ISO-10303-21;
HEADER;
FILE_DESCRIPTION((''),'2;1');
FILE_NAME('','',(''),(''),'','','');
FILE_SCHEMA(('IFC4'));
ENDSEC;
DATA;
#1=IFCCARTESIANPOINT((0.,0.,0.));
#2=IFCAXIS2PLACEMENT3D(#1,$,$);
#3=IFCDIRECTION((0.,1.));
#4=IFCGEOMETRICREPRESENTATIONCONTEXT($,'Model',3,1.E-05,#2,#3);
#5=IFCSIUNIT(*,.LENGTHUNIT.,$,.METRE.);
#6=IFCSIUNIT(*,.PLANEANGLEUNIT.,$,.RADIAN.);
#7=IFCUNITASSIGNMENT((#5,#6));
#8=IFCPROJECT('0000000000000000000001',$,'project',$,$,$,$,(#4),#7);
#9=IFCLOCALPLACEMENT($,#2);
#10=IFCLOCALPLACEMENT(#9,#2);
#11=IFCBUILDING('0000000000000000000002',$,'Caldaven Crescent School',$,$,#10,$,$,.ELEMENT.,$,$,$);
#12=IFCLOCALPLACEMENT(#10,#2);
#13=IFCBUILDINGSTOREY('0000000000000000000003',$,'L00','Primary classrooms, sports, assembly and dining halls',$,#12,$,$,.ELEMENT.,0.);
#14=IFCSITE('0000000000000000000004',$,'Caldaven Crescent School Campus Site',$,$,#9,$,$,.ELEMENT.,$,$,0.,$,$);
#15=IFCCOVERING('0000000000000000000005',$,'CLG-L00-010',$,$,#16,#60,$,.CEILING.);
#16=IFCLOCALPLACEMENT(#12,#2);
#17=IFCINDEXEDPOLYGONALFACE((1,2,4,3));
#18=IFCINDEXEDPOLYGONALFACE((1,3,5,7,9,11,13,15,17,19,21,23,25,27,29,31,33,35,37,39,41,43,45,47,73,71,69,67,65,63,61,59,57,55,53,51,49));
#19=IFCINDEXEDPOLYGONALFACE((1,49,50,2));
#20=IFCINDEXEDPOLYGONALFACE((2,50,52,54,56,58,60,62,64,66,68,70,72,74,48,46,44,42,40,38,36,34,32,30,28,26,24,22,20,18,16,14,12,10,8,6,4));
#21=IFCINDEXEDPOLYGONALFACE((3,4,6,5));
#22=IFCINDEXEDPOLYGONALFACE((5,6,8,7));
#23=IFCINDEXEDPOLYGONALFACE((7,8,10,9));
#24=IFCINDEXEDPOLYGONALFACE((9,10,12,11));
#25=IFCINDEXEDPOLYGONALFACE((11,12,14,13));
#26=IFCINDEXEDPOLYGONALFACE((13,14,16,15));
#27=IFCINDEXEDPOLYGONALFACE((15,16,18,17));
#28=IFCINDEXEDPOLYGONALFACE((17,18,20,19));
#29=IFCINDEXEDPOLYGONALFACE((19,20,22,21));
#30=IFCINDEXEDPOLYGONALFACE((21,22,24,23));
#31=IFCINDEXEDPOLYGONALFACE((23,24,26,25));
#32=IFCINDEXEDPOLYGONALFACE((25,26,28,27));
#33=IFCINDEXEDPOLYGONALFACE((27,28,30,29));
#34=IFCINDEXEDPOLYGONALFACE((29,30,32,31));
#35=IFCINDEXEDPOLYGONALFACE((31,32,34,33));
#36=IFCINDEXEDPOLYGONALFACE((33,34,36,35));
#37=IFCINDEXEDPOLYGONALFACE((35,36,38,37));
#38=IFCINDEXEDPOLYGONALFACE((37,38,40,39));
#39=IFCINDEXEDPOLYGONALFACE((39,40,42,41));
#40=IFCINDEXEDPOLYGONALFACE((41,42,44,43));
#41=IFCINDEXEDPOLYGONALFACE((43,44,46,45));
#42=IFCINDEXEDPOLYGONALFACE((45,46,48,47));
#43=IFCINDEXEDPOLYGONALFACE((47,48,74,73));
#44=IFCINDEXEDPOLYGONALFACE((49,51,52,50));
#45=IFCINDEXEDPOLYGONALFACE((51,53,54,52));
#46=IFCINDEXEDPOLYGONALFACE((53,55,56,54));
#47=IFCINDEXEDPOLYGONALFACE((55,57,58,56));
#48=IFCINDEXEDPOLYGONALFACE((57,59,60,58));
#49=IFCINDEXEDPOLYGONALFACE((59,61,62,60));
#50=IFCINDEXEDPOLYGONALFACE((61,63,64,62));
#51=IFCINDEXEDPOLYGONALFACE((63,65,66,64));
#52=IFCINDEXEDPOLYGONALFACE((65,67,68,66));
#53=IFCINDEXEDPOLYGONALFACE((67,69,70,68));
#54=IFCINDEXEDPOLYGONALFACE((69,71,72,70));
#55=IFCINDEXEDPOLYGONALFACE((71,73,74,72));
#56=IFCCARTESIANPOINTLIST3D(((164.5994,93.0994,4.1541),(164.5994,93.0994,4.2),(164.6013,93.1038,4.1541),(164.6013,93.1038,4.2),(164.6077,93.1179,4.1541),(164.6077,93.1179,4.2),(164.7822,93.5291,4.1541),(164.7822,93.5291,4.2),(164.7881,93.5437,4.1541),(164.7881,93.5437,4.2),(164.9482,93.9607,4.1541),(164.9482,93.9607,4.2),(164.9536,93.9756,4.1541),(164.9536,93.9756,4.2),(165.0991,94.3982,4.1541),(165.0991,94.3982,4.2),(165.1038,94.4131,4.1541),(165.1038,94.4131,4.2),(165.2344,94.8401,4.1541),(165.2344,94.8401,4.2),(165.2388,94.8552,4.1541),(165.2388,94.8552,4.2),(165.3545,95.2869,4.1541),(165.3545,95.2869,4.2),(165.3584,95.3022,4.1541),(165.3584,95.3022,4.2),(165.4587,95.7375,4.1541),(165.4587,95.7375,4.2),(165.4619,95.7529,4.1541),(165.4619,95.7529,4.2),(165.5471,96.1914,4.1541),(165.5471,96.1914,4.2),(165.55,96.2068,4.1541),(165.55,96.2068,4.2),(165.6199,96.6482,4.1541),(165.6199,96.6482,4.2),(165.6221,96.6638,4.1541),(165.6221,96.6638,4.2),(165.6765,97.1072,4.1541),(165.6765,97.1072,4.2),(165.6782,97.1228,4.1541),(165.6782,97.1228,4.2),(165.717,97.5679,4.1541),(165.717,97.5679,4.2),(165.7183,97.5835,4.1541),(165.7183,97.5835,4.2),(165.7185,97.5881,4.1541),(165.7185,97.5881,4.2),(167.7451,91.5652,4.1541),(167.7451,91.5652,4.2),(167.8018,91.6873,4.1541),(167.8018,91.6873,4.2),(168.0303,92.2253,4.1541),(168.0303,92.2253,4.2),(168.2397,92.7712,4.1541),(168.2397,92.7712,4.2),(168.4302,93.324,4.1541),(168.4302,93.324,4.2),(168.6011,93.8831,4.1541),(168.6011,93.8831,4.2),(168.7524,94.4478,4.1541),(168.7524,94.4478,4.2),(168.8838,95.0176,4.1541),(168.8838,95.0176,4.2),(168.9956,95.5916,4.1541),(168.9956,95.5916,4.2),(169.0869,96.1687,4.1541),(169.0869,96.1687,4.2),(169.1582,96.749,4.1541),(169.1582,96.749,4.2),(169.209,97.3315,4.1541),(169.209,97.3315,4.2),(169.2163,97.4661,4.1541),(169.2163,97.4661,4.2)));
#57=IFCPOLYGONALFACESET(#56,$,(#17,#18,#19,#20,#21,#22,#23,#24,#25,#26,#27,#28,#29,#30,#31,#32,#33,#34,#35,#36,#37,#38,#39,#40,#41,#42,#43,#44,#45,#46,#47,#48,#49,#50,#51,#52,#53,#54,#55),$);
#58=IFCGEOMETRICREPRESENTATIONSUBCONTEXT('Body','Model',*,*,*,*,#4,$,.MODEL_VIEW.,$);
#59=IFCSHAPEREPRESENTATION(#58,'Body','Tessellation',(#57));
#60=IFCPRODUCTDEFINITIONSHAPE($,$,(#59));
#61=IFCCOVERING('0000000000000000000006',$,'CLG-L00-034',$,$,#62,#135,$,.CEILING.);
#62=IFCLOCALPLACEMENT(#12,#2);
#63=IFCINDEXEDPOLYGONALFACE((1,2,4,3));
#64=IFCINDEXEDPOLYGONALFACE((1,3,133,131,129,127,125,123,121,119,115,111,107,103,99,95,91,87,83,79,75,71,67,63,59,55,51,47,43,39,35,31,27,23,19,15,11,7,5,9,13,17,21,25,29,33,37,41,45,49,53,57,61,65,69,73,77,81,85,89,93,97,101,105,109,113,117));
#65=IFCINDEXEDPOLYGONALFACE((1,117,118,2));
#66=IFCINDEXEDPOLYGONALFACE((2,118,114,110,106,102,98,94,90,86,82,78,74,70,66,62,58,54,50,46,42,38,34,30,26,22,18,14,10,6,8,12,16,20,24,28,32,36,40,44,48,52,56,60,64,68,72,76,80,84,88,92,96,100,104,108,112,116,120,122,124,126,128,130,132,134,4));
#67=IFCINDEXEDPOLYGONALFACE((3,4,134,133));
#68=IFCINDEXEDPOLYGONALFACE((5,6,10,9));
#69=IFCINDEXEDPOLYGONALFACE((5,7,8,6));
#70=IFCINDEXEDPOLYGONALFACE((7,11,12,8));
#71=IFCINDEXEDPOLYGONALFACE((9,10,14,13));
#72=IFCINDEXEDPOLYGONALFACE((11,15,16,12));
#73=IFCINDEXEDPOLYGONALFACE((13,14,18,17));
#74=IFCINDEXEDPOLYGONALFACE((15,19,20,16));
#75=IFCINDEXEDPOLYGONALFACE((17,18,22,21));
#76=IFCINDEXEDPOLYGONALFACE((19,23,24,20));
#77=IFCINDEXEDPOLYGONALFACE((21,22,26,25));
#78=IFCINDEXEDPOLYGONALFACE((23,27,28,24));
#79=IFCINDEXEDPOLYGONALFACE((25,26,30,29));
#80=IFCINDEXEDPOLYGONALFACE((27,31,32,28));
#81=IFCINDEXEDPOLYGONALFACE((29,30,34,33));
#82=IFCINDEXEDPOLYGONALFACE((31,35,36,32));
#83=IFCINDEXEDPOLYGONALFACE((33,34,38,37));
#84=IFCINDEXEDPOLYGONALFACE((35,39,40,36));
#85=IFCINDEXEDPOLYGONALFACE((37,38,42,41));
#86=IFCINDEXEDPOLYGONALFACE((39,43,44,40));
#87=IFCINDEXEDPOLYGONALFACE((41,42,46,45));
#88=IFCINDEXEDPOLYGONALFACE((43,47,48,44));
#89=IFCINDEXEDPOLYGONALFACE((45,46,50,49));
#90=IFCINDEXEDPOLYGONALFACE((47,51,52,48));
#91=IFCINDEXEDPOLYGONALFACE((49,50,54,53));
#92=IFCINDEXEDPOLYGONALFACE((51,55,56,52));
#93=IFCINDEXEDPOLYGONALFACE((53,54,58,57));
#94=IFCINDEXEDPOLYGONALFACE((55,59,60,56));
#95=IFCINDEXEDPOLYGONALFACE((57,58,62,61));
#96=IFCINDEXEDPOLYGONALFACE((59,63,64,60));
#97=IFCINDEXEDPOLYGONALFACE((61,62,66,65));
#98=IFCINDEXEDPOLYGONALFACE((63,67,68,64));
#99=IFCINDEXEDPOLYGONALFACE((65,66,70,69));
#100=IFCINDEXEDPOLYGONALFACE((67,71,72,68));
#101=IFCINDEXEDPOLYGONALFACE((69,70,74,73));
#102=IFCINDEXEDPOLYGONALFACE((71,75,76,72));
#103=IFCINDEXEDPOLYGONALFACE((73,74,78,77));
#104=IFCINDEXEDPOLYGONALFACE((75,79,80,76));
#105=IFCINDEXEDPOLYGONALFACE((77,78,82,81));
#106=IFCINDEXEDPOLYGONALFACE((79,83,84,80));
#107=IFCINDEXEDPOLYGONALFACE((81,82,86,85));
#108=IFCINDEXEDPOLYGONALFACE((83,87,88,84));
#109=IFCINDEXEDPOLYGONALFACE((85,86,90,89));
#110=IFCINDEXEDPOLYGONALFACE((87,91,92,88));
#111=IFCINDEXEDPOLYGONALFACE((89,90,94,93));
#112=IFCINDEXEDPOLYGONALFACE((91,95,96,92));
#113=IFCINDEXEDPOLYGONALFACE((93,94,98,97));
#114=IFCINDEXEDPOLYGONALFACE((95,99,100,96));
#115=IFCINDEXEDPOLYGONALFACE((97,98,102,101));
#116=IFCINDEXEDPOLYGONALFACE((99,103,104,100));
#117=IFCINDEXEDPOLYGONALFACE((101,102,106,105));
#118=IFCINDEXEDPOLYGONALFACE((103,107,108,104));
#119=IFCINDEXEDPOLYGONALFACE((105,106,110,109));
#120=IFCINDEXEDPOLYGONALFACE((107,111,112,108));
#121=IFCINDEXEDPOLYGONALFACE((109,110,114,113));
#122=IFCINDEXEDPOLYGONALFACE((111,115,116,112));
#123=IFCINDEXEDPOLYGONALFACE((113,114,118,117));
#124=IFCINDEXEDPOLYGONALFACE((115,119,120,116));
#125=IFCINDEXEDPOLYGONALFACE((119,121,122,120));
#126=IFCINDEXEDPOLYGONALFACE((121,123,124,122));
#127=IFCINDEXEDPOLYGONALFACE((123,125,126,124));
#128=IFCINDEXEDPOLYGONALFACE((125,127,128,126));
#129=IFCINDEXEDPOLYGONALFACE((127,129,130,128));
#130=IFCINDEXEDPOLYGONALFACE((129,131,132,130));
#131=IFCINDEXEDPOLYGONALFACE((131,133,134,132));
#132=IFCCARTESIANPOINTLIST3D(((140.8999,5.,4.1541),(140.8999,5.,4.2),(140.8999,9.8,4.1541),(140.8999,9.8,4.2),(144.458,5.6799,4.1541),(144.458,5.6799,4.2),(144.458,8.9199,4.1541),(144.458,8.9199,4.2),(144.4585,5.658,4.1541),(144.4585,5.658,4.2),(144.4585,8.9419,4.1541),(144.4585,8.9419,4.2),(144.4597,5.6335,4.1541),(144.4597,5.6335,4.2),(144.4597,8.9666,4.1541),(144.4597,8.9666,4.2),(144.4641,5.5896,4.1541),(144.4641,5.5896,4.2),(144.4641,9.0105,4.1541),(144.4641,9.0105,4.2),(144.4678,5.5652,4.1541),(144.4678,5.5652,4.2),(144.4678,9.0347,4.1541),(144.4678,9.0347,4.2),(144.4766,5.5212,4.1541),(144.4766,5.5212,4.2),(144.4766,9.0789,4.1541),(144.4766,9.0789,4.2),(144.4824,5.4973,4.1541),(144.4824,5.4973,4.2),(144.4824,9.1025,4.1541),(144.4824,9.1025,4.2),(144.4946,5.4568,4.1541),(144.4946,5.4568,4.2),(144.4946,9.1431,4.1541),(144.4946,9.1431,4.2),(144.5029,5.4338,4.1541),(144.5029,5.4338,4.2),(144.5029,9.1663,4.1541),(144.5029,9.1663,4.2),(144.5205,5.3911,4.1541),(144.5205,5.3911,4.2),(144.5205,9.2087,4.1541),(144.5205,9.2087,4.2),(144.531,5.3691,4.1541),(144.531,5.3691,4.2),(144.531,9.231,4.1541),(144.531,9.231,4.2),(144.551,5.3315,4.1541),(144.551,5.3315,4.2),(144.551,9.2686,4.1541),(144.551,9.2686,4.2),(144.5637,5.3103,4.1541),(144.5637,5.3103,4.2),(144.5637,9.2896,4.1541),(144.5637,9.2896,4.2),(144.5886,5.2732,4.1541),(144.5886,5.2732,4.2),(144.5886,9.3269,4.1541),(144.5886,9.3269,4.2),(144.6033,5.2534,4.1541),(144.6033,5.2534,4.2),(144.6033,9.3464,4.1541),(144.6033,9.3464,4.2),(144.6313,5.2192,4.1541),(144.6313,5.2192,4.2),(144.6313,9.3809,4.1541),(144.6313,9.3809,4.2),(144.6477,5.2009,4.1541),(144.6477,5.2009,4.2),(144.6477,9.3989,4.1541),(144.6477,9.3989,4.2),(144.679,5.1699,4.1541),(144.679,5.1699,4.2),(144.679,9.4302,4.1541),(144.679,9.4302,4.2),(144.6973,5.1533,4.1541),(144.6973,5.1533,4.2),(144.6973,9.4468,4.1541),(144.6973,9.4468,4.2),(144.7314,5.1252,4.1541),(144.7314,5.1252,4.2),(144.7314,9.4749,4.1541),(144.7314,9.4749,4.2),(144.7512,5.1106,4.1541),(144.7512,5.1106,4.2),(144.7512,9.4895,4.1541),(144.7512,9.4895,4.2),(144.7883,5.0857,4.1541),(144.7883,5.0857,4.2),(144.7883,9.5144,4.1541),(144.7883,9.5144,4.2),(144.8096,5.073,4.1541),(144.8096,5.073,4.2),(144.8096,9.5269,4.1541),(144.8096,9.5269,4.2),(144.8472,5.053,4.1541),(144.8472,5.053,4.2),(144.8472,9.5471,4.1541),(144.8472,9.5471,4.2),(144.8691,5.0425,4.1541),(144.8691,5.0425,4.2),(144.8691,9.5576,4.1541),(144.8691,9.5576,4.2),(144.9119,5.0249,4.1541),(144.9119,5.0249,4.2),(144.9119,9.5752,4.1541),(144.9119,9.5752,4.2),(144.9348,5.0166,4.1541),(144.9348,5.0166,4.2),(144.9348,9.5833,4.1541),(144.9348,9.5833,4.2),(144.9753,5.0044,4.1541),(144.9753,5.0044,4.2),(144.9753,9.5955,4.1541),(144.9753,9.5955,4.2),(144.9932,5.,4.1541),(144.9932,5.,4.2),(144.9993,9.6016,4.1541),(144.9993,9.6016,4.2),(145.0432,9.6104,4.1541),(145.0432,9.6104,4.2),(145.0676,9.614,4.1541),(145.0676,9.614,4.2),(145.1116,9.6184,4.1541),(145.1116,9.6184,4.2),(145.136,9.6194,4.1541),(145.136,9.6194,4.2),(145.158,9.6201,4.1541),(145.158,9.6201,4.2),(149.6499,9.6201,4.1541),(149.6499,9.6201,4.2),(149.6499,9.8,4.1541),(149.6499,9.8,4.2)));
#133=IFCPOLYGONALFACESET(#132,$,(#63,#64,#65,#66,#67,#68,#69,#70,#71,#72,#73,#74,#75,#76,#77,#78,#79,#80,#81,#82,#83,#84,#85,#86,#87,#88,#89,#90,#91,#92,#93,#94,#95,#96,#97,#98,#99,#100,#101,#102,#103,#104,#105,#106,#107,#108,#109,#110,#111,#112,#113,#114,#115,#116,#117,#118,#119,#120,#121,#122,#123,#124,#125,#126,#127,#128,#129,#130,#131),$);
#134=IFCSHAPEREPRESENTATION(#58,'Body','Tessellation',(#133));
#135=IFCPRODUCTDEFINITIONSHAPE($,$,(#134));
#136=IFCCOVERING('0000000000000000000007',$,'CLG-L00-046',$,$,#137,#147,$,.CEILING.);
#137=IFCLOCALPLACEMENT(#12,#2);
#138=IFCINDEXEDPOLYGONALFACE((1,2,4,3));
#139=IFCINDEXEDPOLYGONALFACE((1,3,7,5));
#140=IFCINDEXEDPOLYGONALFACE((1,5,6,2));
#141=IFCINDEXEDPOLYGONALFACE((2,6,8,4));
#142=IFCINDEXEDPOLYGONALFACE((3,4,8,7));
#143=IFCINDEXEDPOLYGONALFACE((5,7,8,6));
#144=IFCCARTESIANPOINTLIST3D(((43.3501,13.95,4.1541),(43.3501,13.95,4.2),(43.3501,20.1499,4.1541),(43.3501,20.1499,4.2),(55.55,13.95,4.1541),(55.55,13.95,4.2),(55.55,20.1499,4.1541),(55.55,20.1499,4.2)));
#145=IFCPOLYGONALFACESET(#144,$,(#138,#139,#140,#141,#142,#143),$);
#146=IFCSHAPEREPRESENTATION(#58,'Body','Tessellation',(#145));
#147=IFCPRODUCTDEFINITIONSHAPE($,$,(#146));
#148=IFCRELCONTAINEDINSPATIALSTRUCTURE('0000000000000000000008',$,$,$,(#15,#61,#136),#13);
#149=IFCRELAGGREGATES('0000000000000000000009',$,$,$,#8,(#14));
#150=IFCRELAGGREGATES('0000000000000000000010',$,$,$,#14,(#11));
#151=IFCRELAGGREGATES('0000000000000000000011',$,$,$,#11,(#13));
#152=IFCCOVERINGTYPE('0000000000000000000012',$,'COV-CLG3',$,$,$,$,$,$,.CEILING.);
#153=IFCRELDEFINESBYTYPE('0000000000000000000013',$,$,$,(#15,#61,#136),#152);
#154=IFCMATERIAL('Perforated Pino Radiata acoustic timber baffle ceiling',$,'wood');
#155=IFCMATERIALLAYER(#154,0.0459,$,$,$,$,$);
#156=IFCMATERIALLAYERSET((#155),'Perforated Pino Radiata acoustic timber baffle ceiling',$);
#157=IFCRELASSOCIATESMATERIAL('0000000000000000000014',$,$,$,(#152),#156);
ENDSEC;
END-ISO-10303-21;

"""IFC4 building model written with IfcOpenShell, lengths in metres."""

from ifc_helpers import new_model, si_unit, direction, frame, origin, place, context, subcontext, project, spatial, polyline, outline, extrude, material, layer, layer_set, type_object, element, save


model = new_model("IFC4")

# Units and contexts
model_context = context("Model", 3, precision=1e-05, world=origin(), true_north=direction((0.0, 1.0)))
body_context = subcontext(model_context, "Body", "Model", "MODEL_VIEW")
ifc_project = project(units=[si_unit("LENGTHUNIT", "METRE"), si_unit("PLANEANGLEUNIT", "RADIAN")], contexts=[model_context])

# Site, building, storey
site_placement = place(None, origin())
site = spatial("IfcSite", under=ifc_project, at=site_placement, Name="Caldaven Crescent School Campus Site", CompositionType="ELEMENT", RefElevation=0.0)
building_placement = place(site_placement, origin())
building = spatial("IfcBuilding", under=site, at=building_placement, Name="Caldaven Crescent School", CompositionType="ELEMENT")
storey_placement = place(building_placement, origin())
storey = spatial("IfcBuildingStorey", under=building, at=storey_placement, Name="L00", Description="Primary classrooms, sports, assembly and dining halls", CompositionType="ELEMENT", Elevation=0.0)

# Coverings
ifc_material_1 = material(Name="Perforated Pino Radiata acoustic timber baffle ceiling", Category="wood")
ifc_layer_1 = layer(ifc_material_1, 0.0459)
ifc_layer_set_1 = layer_set([ifc_layer_1], Name="Perforated Pino Radiata acoustic timber baffle ceiling")
covering_type_1 = type_object("IfcCoveringType", Name="COV-CLG3", PredefinedType="CEILING", material=ifc_layer_set_1)
covering_1_placement = place(storey_placement, frame((0.0, 0.0, 4.1541)))
element("IfcCovering", 1, at=covering_1_placement, inside=storey, type_object=covering_type_1, Name="CLG-L00-010", PredefinedType="CEILING", context=body_context, shape_type="SweptSolid", body=[
    extrude(outline(polyline([(164.6013, 93.1038), (164.6077, 93.1179), (164.7822, 93.5291), (164.7881, 93.5437), (164.9482, 93.9607), (164.9536, 93.9756), (165.0991, 94.3982), (165.1038, 94.4131), (165.2344, 94.8401), (165.2388, 94.8552), (165.3545, 95.2869), (165.3584, 95.3022), (165.4587, 95.7375), (165.4619, 95.7529), (165.5471, 96.1914), (165.55, 96.2068), (165.6199, 96.6482), (165.6221, 96.6638), (165.6765, 97.1072), (165.6782, 97.1228), (165.717, 97.5679), (165.7183, 97.5835), (165.7185, 97.5881), (169.2163, 97.4661), (169.209, 97.3315), (169.1582, 96.749), (169.0869, 96.1687), (168.9956, 95.5916), (168.8838, 95.0176), (168.7524, 94.4478), (168.6011, 93.8831), (168.4302, 93.324), (168.2397, 92.7712), (168.0303, 92.2253), (167.8018, 91.6873), (167.7451, 91.5652), (164.5994, 93.0994), (164.6013, 93.1038)])), origin(), (0.0, 0.0, 1.0), 0.0459),
])
covering_2_placement = place(storey_placement, frame((0.0, 0.0, 4.1541)))
element("IfcCovering", 2, at=covering_2_placement, inside=storey, type_object=covering_type_1, Name="CLG-L00-034", PredefinedType="CEILING", context=body_context, shape_type="SweptSolid", body=[
    extrude(outline(polyline([(140.8999, 5.0), (140.8999, 9.8), (149.6499, 9.8), (149.6499, 9.6201), (145.158, 9.6201), (145.136, 9.6194), (145.1116, 9.6184), (145.0676, 9.614), (145.0432, 9.6104), (144.9993, 9.6016), (144.9753, 9.5955), (144.9348, 9.5833), (144.9119, 9.5752), (144.8691, 9.5576), (144.8472, 9.5471), (144.8096, 9.5269), (144.7883, 9.5144), (144.7512, 9.4895), (144.7314, 9.4749), (144.6973, 9.4468), (144.679, 9.4302), (144.6477, 9.3989), (144.6313, 9.3809), (144.6033, 9.3464), (144.5886, 9.3269), (144.5637, 9.2896), (144.551, 9.2686), (144.531, 9.231), (144.5205, 9.2087), (144.5029, 9.1663), (144.4946, 9.1431), (144.4824, 9.1025), (144.4766, 9.0789), (144.4678, 9.0347), (144.4641, 9.0105), (144.4597, 8.9666), (144.4585, 8.9419), (144.458, 8.9199), (144.458, 5.6799), (144.4585, 5.658), (144.4597, 5.6335), (144.4641, 5.5896), (144.4678, 5.5652), (144.4766, 5.5212), (144.4824, 5.4973), (144.4946, 5.4568), (144.5029, 5.4338), (144.5205, 5.3911), (144.531, 5.3691), (144.551, 5.3315), (144.5637, 5.3103), (144.5886, 5.2732), (144.6033, 5.2534), (144.6313, 5.2192), (144.6477, 5.2009), (144.679, 5.1699), (144.6973, 5.1533), (144.7314, 5.1252), (144.7512, 5.1106), (144.7883, 5.0857), (144.8096, 5.073), (144.8472, 5.053), (144.8691, 5.0425), (144.9119, 5.0249), (144.9348, 5.0166), (144.9753, 5.0044), (144.9932, 5.0), (140.8999, 5.0)])), origin(), (0.0, 0.0, 1.0), 0.0459),
])
covering_3_placement = place(storey_placement, frame((0.0, 0.0, 4.1541)))
element("IfcCovering", 3, at=covering_3_placement, inside=storey, type_object=covering_type_1, Name="CLG-L00-046", PredefinedType="CEILING", context=body_context, shape_type="SweptSolid", body=[
    extrude(outline(polyline([(55.55, 20.1499), (55.55, 13.95), (43.3501, 13.95), (43.3501, 20.1499), (55.55, 20.1499)])), origin(), (0.0, 0.0, 1.0), 0.0459),
])

save(model, "model.ifc")
